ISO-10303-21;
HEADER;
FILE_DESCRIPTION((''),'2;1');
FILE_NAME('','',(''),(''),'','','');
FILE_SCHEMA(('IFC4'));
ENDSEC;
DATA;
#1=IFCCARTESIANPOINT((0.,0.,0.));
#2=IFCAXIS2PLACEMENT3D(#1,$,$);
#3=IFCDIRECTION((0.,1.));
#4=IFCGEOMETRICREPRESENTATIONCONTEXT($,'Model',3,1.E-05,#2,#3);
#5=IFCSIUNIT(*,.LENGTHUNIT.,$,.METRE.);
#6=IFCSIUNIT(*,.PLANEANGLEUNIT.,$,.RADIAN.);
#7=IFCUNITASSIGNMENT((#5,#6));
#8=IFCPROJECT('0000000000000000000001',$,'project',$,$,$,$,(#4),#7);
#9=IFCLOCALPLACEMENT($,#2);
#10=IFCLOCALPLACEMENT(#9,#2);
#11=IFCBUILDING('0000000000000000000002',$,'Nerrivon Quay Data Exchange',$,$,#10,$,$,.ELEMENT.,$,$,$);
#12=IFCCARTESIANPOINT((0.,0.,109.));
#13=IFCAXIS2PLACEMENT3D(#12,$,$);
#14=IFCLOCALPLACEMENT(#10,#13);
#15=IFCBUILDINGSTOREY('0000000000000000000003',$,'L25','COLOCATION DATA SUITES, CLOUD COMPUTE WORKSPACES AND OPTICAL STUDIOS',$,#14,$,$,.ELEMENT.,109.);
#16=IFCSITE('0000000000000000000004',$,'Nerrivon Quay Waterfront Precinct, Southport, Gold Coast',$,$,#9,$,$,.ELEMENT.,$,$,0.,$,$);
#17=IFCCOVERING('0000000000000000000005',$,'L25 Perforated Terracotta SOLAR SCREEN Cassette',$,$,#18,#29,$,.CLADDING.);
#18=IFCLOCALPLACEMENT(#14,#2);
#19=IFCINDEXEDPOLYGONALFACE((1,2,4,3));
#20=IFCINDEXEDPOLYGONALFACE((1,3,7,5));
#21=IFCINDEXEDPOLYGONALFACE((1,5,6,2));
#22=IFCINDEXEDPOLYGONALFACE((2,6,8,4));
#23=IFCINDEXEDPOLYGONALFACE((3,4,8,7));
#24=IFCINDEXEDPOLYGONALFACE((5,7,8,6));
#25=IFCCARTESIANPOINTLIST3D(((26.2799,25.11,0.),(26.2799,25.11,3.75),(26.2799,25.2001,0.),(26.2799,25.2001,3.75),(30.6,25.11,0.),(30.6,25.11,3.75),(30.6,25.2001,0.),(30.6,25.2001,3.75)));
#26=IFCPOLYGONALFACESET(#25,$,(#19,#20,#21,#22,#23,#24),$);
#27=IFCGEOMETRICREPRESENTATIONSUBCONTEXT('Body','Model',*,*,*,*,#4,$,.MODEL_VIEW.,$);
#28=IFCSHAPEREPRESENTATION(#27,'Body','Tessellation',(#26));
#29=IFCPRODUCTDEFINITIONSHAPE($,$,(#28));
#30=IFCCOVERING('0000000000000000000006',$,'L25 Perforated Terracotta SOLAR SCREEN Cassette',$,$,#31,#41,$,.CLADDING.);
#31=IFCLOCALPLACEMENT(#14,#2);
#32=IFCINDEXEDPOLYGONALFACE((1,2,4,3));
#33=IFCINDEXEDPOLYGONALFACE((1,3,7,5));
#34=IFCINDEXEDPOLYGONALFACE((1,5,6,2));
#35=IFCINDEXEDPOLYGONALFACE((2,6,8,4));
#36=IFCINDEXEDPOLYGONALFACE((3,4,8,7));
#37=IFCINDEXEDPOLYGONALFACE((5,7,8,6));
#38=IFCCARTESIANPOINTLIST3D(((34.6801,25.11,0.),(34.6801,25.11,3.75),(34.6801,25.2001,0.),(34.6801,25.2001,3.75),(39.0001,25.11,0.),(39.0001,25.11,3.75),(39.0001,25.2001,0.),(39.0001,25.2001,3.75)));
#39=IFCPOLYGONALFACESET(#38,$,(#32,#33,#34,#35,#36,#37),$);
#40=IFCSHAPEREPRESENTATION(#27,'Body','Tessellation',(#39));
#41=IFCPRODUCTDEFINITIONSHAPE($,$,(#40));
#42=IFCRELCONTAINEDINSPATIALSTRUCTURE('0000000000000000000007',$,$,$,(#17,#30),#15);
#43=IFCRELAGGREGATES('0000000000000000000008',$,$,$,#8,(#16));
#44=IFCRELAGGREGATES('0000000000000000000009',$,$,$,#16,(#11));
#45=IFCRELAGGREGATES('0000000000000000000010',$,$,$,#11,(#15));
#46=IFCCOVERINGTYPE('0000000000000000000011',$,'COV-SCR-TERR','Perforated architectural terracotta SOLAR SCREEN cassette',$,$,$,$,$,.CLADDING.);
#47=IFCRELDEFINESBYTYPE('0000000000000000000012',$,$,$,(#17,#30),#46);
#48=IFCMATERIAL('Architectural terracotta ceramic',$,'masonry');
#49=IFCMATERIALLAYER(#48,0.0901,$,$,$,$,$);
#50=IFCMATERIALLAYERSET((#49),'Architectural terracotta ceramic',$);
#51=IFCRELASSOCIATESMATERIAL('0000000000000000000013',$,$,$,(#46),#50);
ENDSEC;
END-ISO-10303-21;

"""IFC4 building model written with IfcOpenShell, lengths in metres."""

from ifc_helpers import new_model, si_unit, direction, frame, origin, origin_2d, place, context, subcontext, project, spatial, rectangle, extrude, material, layer, layer_set, type_object, element, save


model = new_model("IFC4")

# Units and contexts
model_context = context("Model", 3, precision=1e-05, world=origin(), true_north=direction((0.0, 1.0)))
body_context = subcontext(model_context, "Body", "Model", "MODEL_VIEW")
ifc_project = project(units=[si_unit("LENGTHUNIT", "METRE"), si_unit("PLANEANGLEUNIT", "RADIAN")], contexts=[model_context])

# Site, building, storey
site_placement = place(None, origin())
site = spatial("IfcSite", under=ifc_project, at=site_placement, Name="Nerrivon Quay Waterfront Precinct, Southport, Gold Coast", CompositionType="ELEMENT", RefElevation=0.0)
building_placement = place(site_placement, origin())
building = spatial("IfcBuilding", under=site, at=building_placement, Name="Nerrivon Quay Data Exchange", CompositionType="ELEMENT")
storey_placement = place(building_placement, frame((0.0, 0.0, 109.0)))
storey = spatial("IfcBuildingStorey", under=building, at=storey_placement, Name="L25", Description="COLOCATION DATA SUITES, CLOUD COMPUTE WORKSPACES AND OPTICAL STUDIOS", CompositionType="ELEMENT", Elevation=109.0)

# Coverings
ifc_material_1 = material(Name="Architectural terracotta ceramic", Category="masonry")
ifc_layer_1 = layer(ifc_material_1, 0.0901)
ifc_layer_set_1 = layer_set([ifc_layer_1], Name="Architectural terracotta ceramic")
covering_type = type_object("IfcCoveringType", Name="COV-SCR-TERR", Description="Perforated architectural terracotta SOLAR SCREEN cassette", PredefinedType="CLADDING", material=ifc_layer_set_1)
for number, where, z_axis, x_axis, name in (
    (1, (28.4399, 25.155, 0.0), (0.0, 0.0, 1.0), (1.0, 0.0, 0.0), "L25 Perforated Terracotta SOLAR SCREEN Cassette"),
    (2, (36.8401, 25.155, 0.0), (0.0, 0.0, 1.0), (1.0, 0.0, 0.0), "L25 Perforated Terracotta SOLAR SCREEN Cassette"),
):
    element("IfcCovering", number, at=place(storey_placement, frame(where, z_axis=z_axis, x_axis=x_axis)), inside=storey, type_object=covering_type, Name=name, PredefinedType="CLADDING", context=body_context, shape_type="SweptSolid", body=[
        extrude(rectangle(XDim=4.3201, YDim=0.0901, at=origin_2d()), origin(), (0.0, 0.0, 1.0), 3.75),
    ])

save(model, "model.ifc")
